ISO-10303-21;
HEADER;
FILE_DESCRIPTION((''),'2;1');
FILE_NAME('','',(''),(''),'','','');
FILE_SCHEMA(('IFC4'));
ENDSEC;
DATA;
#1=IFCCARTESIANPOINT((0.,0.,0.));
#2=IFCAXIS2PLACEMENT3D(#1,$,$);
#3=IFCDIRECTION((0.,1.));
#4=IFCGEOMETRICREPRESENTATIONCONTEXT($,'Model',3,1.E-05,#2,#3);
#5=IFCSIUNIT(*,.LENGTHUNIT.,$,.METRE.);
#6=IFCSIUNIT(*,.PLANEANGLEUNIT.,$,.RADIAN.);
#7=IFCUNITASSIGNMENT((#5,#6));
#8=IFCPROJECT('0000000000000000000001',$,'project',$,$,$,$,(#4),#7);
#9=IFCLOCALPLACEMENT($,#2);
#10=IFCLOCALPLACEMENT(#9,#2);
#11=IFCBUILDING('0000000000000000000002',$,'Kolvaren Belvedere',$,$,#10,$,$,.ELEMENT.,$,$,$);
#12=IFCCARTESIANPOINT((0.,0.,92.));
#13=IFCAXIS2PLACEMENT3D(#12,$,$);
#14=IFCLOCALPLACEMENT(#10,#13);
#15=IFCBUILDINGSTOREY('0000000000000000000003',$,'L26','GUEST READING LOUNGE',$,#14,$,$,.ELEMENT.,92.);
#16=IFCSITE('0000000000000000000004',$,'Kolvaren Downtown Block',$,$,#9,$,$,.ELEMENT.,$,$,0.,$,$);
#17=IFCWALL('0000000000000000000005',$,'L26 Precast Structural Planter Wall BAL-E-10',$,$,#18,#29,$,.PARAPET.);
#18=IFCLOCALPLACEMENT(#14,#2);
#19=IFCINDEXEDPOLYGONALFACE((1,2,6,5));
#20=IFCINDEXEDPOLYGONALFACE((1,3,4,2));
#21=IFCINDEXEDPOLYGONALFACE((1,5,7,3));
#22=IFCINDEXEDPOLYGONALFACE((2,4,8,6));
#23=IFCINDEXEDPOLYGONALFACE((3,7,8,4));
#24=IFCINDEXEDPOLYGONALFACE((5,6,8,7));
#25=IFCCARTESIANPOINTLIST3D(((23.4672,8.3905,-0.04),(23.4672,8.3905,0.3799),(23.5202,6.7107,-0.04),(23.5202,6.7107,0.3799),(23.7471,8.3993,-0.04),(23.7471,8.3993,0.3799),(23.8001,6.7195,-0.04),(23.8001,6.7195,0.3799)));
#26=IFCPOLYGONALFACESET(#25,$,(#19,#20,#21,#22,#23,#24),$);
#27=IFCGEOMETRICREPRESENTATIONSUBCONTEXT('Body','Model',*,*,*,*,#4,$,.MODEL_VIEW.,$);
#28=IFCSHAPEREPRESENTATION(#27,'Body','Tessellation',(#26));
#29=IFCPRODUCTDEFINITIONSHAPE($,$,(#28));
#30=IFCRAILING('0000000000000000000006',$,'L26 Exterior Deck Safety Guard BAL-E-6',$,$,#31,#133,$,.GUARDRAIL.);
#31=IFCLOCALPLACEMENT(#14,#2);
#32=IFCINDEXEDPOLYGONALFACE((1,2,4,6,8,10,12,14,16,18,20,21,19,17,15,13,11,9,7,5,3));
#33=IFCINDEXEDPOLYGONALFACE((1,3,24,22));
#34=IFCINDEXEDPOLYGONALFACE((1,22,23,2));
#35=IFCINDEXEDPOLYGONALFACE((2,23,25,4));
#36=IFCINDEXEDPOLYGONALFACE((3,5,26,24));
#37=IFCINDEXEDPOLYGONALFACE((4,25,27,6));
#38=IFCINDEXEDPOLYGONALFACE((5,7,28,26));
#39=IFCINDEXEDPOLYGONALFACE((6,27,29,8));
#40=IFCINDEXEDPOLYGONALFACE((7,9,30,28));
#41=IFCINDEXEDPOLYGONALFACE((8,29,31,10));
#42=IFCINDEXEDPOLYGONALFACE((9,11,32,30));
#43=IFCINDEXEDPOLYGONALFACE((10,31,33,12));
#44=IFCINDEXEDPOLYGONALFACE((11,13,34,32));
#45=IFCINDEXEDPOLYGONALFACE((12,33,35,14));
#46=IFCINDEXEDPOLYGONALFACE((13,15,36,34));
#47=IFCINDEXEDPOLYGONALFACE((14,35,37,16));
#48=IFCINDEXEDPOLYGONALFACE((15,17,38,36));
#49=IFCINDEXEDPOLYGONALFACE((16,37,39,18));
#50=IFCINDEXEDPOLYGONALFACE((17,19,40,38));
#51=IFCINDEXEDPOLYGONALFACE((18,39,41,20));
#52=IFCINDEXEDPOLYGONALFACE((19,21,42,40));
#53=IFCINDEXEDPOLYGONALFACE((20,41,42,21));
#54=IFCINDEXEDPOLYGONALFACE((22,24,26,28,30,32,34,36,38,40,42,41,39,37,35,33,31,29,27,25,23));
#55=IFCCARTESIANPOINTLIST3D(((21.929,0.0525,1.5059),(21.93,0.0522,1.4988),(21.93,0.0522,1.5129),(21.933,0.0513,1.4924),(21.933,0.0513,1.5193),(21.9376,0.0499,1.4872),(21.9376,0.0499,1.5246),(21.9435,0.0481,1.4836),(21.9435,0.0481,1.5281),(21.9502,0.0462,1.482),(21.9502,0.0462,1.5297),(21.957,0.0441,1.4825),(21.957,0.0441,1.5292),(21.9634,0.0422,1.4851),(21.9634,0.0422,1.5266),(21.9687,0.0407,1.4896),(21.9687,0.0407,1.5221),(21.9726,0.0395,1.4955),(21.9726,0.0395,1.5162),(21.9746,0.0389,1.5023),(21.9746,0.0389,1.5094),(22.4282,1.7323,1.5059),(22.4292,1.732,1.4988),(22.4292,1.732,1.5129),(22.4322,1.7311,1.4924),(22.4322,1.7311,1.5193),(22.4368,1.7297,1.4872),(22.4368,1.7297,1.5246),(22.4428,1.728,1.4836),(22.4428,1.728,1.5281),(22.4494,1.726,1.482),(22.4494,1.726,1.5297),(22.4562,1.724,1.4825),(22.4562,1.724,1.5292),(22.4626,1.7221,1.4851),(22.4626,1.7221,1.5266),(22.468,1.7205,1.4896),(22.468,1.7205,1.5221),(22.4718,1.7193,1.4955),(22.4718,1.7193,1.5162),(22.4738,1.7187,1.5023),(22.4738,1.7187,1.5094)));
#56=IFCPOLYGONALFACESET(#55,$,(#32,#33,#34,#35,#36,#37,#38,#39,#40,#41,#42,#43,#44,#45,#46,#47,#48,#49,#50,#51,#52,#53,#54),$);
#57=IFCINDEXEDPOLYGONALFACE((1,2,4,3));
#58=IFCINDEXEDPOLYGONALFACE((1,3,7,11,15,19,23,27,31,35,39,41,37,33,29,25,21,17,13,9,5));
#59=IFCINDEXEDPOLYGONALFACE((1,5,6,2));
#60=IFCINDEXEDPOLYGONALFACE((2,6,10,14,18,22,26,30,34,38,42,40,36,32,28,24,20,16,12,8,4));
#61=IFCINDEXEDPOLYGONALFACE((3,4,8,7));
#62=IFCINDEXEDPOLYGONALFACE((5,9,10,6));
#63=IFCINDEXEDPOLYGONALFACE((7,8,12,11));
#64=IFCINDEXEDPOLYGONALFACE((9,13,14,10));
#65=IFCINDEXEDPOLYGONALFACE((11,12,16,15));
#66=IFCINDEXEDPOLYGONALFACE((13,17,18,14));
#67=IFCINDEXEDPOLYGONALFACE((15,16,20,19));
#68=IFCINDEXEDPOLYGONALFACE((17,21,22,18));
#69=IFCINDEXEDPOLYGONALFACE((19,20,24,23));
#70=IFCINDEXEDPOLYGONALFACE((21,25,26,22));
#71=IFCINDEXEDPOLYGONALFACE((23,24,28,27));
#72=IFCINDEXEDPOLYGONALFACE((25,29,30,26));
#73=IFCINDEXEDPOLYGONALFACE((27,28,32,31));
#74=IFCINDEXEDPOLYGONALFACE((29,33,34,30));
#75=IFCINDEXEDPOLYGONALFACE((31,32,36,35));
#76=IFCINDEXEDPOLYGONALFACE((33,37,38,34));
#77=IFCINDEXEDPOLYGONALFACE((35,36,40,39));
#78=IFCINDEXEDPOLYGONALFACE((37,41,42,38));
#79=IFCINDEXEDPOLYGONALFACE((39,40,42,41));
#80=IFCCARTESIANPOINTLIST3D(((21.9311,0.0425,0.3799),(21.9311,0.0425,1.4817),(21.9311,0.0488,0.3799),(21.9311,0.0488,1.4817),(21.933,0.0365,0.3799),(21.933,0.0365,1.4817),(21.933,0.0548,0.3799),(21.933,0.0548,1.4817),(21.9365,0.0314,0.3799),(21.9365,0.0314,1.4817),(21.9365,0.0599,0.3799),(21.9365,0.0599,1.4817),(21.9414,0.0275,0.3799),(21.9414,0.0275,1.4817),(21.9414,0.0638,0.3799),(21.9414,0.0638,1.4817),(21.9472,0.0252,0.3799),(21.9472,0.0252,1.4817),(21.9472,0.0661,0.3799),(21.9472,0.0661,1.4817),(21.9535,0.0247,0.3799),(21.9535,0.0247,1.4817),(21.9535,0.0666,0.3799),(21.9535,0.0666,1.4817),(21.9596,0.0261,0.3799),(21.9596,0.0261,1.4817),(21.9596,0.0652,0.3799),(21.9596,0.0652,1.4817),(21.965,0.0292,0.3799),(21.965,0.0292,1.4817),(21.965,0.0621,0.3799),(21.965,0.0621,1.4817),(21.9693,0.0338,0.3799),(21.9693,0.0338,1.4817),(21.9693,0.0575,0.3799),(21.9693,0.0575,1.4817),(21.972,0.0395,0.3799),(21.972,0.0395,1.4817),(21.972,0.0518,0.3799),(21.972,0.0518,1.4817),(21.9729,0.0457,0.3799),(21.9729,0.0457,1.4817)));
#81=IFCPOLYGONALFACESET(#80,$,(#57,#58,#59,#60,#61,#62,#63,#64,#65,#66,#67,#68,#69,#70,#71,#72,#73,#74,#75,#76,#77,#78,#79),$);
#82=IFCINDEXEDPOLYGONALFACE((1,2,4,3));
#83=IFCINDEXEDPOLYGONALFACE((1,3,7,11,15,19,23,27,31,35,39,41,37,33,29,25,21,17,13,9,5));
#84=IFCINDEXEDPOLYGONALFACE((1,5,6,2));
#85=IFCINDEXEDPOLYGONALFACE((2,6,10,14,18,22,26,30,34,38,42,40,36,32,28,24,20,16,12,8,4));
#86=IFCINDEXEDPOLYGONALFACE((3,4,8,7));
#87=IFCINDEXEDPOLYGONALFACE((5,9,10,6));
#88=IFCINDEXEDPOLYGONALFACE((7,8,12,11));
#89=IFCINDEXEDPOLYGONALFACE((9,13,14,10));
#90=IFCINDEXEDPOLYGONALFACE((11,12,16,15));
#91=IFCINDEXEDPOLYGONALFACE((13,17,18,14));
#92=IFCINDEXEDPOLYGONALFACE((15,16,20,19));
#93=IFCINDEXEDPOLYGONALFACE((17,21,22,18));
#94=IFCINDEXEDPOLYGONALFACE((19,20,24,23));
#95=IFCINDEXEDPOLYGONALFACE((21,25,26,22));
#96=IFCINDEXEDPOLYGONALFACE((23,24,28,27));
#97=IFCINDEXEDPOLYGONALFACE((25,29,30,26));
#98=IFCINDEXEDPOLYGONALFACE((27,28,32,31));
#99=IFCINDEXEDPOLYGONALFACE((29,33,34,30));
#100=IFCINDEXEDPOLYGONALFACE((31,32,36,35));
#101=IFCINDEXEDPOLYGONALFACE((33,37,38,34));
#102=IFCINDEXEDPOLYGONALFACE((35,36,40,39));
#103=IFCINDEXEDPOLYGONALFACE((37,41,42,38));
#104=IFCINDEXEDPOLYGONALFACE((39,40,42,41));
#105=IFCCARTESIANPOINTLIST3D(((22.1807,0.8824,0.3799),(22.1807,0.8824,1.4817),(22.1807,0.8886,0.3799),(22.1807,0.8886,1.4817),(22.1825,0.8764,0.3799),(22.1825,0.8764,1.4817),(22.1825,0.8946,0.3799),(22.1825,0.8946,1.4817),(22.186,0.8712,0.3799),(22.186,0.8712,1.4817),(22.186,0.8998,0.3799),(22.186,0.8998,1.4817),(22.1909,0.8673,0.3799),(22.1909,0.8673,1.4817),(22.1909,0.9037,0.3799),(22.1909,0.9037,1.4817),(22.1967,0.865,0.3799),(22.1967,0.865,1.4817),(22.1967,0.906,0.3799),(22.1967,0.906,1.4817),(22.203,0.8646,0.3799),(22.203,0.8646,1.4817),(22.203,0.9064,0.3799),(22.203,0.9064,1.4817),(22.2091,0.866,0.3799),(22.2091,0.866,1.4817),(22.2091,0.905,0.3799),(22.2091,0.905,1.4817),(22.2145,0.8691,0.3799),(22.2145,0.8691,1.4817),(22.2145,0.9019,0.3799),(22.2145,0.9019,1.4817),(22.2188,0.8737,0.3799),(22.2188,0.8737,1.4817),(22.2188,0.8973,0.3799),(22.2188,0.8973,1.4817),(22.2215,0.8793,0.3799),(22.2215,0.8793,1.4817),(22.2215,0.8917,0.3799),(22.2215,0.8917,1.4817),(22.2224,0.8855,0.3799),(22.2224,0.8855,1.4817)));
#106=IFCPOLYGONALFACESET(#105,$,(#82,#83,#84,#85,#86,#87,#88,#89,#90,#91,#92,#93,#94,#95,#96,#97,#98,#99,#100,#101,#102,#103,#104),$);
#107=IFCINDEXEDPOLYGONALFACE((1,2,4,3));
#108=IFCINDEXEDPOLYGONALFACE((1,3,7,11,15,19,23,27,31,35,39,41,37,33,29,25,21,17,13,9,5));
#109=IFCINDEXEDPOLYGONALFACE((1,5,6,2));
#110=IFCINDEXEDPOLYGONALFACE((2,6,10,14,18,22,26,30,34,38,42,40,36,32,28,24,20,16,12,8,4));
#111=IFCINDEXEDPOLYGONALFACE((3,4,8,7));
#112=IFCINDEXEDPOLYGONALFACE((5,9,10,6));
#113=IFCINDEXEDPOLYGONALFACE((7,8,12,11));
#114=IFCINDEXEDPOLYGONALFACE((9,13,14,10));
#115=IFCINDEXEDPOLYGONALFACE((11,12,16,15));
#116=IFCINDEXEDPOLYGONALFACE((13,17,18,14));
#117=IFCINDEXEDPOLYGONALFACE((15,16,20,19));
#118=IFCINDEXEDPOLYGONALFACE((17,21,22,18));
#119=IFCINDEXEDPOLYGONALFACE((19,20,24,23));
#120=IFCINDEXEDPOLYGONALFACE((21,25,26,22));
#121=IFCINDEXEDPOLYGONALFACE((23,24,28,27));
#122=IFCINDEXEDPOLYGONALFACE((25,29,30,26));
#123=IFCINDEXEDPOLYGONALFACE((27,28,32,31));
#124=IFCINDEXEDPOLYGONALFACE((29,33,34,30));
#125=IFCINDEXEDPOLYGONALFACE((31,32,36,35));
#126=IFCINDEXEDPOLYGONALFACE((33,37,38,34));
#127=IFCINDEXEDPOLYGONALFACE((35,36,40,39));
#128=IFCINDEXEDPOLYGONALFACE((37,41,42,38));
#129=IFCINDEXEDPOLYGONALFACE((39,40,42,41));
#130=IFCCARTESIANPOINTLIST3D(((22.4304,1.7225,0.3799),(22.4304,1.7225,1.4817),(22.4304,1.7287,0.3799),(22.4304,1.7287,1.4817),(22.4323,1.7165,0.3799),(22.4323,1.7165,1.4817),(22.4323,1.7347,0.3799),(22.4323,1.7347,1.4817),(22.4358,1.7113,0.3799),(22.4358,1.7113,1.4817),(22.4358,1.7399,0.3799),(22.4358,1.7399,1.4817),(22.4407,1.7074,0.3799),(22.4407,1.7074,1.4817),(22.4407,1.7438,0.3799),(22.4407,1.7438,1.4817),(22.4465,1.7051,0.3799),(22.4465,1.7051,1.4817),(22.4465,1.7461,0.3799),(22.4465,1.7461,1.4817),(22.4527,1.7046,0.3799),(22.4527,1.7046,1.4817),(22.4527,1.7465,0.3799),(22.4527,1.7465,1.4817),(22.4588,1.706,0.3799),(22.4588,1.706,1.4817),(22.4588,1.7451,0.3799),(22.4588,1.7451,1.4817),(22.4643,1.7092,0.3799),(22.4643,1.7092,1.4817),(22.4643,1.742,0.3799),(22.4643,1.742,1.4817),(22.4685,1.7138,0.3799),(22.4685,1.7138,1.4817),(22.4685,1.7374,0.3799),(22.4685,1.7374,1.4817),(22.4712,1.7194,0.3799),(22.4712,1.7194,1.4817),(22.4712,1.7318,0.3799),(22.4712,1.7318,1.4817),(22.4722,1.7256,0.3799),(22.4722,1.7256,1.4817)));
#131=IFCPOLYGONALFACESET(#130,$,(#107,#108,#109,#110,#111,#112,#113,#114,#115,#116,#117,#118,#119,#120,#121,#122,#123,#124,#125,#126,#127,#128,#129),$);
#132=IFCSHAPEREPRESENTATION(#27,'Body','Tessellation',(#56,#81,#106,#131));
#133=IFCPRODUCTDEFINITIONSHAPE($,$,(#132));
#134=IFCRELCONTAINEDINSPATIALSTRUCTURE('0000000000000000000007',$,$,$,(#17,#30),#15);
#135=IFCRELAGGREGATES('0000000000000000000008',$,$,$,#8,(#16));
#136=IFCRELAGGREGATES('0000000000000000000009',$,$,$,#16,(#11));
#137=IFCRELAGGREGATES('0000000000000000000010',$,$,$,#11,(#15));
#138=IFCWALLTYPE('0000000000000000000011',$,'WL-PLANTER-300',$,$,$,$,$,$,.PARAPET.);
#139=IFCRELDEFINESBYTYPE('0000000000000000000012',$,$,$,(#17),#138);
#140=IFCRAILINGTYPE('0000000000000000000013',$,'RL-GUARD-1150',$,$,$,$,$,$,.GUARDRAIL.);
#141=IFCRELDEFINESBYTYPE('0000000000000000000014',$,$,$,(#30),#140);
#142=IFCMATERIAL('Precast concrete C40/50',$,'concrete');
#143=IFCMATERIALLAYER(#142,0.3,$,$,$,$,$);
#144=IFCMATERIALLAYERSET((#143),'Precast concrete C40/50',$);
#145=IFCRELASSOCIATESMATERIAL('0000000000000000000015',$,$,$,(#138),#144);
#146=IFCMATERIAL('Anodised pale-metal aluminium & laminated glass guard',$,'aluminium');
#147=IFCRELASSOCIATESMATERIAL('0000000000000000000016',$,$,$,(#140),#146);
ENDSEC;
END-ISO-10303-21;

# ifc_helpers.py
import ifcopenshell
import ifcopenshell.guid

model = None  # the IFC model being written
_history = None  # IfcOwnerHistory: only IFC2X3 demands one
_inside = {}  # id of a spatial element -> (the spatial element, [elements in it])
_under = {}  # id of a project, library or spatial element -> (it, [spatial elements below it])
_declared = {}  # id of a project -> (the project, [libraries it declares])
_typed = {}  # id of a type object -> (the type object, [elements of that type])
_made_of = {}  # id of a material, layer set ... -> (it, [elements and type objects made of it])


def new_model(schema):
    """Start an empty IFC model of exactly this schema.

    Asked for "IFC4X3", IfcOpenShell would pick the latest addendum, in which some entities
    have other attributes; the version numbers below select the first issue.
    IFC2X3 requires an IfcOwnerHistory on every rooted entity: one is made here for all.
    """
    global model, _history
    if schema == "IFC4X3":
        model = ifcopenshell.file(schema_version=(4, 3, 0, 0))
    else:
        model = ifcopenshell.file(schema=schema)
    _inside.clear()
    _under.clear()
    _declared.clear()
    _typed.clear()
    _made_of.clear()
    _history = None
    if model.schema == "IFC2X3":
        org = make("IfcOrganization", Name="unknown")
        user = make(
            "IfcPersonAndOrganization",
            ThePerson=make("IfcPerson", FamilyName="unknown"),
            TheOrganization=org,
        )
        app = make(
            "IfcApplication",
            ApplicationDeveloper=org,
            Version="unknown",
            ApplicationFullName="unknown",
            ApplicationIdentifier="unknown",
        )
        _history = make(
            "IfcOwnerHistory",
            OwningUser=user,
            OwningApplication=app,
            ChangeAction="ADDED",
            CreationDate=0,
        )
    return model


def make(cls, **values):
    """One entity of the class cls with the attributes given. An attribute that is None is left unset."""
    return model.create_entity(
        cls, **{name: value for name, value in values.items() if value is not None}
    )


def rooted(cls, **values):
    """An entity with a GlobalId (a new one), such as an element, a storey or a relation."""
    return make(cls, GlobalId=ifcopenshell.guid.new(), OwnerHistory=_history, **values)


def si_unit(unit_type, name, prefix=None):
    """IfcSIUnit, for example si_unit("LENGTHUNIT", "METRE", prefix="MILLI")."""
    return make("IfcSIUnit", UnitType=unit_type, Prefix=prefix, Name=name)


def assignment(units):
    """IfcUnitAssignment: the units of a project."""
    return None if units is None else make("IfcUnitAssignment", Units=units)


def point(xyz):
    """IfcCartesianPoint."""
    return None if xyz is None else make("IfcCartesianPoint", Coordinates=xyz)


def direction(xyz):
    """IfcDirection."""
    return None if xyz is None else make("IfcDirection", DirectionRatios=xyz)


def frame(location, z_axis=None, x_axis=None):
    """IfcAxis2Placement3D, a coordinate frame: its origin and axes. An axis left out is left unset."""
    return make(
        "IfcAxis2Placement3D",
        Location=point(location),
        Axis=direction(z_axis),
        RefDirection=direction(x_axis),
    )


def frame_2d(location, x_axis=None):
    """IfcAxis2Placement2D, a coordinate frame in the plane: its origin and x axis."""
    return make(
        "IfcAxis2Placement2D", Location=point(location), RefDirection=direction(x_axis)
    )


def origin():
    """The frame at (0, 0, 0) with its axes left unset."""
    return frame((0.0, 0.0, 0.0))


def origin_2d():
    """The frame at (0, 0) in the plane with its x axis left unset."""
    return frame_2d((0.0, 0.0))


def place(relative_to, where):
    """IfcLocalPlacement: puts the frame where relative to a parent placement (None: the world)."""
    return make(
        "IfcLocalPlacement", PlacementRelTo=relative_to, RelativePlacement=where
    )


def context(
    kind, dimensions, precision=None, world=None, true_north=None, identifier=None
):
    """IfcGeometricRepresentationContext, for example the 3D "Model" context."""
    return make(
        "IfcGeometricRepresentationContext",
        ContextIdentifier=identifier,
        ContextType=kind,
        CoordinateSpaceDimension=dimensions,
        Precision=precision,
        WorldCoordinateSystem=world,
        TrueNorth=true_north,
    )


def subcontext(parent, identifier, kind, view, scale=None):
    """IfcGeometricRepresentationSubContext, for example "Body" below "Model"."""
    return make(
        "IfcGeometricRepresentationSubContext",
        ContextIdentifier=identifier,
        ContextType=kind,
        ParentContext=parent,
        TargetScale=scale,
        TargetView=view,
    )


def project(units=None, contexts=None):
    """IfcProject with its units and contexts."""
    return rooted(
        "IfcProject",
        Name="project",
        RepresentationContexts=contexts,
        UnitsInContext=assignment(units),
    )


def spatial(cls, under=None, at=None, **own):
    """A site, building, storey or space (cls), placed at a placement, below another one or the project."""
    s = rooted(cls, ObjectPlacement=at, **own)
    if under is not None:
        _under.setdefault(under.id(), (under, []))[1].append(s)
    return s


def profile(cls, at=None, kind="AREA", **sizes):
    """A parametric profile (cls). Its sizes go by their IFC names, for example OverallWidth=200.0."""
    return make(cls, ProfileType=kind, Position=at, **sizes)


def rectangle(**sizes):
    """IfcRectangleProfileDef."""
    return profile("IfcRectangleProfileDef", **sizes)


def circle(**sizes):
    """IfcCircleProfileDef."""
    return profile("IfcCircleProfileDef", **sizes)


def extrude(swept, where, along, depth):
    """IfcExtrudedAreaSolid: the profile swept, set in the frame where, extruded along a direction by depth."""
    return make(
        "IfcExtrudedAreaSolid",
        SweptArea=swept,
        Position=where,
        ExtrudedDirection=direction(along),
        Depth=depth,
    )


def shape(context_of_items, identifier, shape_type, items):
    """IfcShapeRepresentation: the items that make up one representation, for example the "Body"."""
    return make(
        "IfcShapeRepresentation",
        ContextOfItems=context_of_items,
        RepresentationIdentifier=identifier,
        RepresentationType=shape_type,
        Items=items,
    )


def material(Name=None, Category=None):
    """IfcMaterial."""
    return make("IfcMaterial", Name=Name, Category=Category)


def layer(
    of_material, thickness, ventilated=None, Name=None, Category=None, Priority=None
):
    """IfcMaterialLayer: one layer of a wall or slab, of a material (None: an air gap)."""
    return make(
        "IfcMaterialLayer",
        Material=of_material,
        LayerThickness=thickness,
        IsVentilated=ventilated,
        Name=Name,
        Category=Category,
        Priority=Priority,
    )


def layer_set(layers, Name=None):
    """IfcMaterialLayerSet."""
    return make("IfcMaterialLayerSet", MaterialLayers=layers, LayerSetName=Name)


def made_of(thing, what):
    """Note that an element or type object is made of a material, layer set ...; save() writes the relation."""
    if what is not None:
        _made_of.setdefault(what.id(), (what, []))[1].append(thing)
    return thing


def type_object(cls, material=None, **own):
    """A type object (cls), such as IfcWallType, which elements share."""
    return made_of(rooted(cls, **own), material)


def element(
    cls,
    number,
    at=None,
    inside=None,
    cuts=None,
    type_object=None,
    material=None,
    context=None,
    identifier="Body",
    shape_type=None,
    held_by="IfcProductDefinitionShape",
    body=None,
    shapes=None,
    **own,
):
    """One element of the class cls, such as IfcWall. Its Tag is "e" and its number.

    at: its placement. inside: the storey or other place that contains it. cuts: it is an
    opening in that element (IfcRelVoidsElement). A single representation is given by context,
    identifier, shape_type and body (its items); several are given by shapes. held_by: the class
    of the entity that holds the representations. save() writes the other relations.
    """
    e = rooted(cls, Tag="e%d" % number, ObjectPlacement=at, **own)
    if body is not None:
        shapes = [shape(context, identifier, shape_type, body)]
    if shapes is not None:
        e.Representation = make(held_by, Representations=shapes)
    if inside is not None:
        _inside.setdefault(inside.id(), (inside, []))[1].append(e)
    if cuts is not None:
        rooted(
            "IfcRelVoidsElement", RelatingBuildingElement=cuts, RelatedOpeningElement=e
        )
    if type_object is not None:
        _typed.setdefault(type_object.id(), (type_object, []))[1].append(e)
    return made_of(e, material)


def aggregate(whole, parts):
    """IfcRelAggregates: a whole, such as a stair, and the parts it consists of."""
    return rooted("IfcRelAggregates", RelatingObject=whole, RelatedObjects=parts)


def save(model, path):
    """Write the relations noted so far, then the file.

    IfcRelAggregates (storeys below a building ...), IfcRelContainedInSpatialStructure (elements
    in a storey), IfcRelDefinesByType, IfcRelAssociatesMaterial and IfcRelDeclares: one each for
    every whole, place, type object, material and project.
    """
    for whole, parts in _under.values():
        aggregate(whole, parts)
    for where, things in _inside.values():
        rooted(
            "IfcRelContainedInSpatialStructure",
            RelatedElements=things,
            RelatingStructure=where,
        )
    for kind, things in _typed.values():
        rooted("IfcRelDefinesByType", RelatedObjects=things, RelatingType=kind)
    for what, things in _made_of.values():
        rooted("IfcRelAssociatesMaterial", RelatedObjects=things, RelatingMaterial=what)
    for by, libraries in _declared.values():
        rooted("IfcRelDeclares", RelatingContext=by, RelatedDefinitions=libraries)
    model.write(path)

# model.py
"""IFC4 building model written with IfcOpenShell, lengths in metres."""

from ifc_helpers import new_model, si_unit, direction, frame, frame_2d, origin, origin_2d, place, context, subcontext, project, spatial, rectangle, circle, extrude, material, layer, layer_set, type_object, element, save


model = new_model("IFC4")

# Units and contexts
model_context = context("Model", 3, precision=1e-05, world=origin(), true_north=direction((0.0, 1.0)))
body_context = subcontext(model_context, "Body", "Model", "MODEL_VIEW")
ifc_project = project(units=[si_unit("LENGTHUNIT", "METRE"), si_unit("PLANEANGLEUNIT", "RADIAN")], contexts=[model_context])

# Site, building, storey
site_placement = place(None, origin())
site = spatial("IfcSite", under=ifc_project, at=site_placement, Name="Kolvaren Downtown Block", CompositionType="ELEMENT", RefElevation=0.0)
building_placement = place(site_placement, origin())
building = spatial("IfcBuilding", under=site, at=building_placement, Name="Kolvaren Belvedere", CompositionType="ELEMENT")
storey_placement = place(building_placement, frame((0.0, 0.0, 92.0)))
storey = spatial("IfcBuildingStorey", under=building, at=storey_placement, Name="L26", Description="GUEST READING LOUNGE", CompositionType="ELEMENT", Elevation=92.0)

# Wall
ifc_material_1 = material(Name="Precast concrete C40/50", Category="concrete")
ifc_layer_1 = layer(ifc_material_1, 0.3)
ifc_layer_set_1 = layer_set([ifc_layer_1], Name="Precast concrete C40/50")
wall_type_1 = type_object("IfcWallType", Name="WL-PLANTER-300", PredefinedType="PARAPET", material=ifc_layer_set_1)
wall_1_placement = place(storey_placement, frame((23.6602, 6.7151, -0.04), z_axis=(0.0, 0.0, 1.0), x_axis=(-0.03152, 0.999503, 0.0)))
element("IfcWall", 1, at=wall_1_placement, inside=storey, type_object=wall_type_1, Name="L26 Precast Structural Planter Wall BAL-E-10", PredefinedType="PARAPET", context=body_context, shape_type="SweptSolid", body=[
    extrude(rectangle(XDim=1.6807, YDim=0.28, at=frame_2d((0.8403, 0.0))), origin(), (0.0, 0.0, 1.0), 0.4199),
])

# Railing
ifc_material_2 = material(Name="Anodised pale-metal aluminium & laminated glass guard", Category="aluminium")
railing_type = type_object("IfcRailingType", Name="RL-GUARD-1150", PredefinedType="GUARDRAIL", material=ifc_material_2)
railing_1_placement = place(storey_placement, frame((21.9519, 0.0457, 0.3799)))
element("IfcRailing", 2, at=railing_1_placement, inside=storey, type_object=railing_type, Name="L26 Exterior Deck Safety Guard BAL-E-6", PredefinedType="GUARDRAIL", context=body_context, shape_type="SweptSolid", body=[
    extrude(circle(Radius=0.0239, at=origin_2d()), frame((0.0, 0.0, 1.126), z_axis=(0.28488, 0.958563, 0.0), x_axis=(-0.958563, 0.28488, 0.0)), (0.0, 0.0, 1.0), 1.7524),
    extrude(circle(Radius=0.021, at=origin_2d()), origin(), (0.0, 0.0, 1.0), 1.1018),
    extrude(circle(Radius=0.021, at=origin_2d()), frame((0.2495, 0.8398, 0.0)), (0.0, 0.0, 1.0), 1.1018),
    extrude(circle(Radius=0.021, at=origin_2d()), frame((0.4993, 1.6799, 0.0)), (0.0, 0.0, 1.0), 1.1018),
])

save(model, "model.ifc")
